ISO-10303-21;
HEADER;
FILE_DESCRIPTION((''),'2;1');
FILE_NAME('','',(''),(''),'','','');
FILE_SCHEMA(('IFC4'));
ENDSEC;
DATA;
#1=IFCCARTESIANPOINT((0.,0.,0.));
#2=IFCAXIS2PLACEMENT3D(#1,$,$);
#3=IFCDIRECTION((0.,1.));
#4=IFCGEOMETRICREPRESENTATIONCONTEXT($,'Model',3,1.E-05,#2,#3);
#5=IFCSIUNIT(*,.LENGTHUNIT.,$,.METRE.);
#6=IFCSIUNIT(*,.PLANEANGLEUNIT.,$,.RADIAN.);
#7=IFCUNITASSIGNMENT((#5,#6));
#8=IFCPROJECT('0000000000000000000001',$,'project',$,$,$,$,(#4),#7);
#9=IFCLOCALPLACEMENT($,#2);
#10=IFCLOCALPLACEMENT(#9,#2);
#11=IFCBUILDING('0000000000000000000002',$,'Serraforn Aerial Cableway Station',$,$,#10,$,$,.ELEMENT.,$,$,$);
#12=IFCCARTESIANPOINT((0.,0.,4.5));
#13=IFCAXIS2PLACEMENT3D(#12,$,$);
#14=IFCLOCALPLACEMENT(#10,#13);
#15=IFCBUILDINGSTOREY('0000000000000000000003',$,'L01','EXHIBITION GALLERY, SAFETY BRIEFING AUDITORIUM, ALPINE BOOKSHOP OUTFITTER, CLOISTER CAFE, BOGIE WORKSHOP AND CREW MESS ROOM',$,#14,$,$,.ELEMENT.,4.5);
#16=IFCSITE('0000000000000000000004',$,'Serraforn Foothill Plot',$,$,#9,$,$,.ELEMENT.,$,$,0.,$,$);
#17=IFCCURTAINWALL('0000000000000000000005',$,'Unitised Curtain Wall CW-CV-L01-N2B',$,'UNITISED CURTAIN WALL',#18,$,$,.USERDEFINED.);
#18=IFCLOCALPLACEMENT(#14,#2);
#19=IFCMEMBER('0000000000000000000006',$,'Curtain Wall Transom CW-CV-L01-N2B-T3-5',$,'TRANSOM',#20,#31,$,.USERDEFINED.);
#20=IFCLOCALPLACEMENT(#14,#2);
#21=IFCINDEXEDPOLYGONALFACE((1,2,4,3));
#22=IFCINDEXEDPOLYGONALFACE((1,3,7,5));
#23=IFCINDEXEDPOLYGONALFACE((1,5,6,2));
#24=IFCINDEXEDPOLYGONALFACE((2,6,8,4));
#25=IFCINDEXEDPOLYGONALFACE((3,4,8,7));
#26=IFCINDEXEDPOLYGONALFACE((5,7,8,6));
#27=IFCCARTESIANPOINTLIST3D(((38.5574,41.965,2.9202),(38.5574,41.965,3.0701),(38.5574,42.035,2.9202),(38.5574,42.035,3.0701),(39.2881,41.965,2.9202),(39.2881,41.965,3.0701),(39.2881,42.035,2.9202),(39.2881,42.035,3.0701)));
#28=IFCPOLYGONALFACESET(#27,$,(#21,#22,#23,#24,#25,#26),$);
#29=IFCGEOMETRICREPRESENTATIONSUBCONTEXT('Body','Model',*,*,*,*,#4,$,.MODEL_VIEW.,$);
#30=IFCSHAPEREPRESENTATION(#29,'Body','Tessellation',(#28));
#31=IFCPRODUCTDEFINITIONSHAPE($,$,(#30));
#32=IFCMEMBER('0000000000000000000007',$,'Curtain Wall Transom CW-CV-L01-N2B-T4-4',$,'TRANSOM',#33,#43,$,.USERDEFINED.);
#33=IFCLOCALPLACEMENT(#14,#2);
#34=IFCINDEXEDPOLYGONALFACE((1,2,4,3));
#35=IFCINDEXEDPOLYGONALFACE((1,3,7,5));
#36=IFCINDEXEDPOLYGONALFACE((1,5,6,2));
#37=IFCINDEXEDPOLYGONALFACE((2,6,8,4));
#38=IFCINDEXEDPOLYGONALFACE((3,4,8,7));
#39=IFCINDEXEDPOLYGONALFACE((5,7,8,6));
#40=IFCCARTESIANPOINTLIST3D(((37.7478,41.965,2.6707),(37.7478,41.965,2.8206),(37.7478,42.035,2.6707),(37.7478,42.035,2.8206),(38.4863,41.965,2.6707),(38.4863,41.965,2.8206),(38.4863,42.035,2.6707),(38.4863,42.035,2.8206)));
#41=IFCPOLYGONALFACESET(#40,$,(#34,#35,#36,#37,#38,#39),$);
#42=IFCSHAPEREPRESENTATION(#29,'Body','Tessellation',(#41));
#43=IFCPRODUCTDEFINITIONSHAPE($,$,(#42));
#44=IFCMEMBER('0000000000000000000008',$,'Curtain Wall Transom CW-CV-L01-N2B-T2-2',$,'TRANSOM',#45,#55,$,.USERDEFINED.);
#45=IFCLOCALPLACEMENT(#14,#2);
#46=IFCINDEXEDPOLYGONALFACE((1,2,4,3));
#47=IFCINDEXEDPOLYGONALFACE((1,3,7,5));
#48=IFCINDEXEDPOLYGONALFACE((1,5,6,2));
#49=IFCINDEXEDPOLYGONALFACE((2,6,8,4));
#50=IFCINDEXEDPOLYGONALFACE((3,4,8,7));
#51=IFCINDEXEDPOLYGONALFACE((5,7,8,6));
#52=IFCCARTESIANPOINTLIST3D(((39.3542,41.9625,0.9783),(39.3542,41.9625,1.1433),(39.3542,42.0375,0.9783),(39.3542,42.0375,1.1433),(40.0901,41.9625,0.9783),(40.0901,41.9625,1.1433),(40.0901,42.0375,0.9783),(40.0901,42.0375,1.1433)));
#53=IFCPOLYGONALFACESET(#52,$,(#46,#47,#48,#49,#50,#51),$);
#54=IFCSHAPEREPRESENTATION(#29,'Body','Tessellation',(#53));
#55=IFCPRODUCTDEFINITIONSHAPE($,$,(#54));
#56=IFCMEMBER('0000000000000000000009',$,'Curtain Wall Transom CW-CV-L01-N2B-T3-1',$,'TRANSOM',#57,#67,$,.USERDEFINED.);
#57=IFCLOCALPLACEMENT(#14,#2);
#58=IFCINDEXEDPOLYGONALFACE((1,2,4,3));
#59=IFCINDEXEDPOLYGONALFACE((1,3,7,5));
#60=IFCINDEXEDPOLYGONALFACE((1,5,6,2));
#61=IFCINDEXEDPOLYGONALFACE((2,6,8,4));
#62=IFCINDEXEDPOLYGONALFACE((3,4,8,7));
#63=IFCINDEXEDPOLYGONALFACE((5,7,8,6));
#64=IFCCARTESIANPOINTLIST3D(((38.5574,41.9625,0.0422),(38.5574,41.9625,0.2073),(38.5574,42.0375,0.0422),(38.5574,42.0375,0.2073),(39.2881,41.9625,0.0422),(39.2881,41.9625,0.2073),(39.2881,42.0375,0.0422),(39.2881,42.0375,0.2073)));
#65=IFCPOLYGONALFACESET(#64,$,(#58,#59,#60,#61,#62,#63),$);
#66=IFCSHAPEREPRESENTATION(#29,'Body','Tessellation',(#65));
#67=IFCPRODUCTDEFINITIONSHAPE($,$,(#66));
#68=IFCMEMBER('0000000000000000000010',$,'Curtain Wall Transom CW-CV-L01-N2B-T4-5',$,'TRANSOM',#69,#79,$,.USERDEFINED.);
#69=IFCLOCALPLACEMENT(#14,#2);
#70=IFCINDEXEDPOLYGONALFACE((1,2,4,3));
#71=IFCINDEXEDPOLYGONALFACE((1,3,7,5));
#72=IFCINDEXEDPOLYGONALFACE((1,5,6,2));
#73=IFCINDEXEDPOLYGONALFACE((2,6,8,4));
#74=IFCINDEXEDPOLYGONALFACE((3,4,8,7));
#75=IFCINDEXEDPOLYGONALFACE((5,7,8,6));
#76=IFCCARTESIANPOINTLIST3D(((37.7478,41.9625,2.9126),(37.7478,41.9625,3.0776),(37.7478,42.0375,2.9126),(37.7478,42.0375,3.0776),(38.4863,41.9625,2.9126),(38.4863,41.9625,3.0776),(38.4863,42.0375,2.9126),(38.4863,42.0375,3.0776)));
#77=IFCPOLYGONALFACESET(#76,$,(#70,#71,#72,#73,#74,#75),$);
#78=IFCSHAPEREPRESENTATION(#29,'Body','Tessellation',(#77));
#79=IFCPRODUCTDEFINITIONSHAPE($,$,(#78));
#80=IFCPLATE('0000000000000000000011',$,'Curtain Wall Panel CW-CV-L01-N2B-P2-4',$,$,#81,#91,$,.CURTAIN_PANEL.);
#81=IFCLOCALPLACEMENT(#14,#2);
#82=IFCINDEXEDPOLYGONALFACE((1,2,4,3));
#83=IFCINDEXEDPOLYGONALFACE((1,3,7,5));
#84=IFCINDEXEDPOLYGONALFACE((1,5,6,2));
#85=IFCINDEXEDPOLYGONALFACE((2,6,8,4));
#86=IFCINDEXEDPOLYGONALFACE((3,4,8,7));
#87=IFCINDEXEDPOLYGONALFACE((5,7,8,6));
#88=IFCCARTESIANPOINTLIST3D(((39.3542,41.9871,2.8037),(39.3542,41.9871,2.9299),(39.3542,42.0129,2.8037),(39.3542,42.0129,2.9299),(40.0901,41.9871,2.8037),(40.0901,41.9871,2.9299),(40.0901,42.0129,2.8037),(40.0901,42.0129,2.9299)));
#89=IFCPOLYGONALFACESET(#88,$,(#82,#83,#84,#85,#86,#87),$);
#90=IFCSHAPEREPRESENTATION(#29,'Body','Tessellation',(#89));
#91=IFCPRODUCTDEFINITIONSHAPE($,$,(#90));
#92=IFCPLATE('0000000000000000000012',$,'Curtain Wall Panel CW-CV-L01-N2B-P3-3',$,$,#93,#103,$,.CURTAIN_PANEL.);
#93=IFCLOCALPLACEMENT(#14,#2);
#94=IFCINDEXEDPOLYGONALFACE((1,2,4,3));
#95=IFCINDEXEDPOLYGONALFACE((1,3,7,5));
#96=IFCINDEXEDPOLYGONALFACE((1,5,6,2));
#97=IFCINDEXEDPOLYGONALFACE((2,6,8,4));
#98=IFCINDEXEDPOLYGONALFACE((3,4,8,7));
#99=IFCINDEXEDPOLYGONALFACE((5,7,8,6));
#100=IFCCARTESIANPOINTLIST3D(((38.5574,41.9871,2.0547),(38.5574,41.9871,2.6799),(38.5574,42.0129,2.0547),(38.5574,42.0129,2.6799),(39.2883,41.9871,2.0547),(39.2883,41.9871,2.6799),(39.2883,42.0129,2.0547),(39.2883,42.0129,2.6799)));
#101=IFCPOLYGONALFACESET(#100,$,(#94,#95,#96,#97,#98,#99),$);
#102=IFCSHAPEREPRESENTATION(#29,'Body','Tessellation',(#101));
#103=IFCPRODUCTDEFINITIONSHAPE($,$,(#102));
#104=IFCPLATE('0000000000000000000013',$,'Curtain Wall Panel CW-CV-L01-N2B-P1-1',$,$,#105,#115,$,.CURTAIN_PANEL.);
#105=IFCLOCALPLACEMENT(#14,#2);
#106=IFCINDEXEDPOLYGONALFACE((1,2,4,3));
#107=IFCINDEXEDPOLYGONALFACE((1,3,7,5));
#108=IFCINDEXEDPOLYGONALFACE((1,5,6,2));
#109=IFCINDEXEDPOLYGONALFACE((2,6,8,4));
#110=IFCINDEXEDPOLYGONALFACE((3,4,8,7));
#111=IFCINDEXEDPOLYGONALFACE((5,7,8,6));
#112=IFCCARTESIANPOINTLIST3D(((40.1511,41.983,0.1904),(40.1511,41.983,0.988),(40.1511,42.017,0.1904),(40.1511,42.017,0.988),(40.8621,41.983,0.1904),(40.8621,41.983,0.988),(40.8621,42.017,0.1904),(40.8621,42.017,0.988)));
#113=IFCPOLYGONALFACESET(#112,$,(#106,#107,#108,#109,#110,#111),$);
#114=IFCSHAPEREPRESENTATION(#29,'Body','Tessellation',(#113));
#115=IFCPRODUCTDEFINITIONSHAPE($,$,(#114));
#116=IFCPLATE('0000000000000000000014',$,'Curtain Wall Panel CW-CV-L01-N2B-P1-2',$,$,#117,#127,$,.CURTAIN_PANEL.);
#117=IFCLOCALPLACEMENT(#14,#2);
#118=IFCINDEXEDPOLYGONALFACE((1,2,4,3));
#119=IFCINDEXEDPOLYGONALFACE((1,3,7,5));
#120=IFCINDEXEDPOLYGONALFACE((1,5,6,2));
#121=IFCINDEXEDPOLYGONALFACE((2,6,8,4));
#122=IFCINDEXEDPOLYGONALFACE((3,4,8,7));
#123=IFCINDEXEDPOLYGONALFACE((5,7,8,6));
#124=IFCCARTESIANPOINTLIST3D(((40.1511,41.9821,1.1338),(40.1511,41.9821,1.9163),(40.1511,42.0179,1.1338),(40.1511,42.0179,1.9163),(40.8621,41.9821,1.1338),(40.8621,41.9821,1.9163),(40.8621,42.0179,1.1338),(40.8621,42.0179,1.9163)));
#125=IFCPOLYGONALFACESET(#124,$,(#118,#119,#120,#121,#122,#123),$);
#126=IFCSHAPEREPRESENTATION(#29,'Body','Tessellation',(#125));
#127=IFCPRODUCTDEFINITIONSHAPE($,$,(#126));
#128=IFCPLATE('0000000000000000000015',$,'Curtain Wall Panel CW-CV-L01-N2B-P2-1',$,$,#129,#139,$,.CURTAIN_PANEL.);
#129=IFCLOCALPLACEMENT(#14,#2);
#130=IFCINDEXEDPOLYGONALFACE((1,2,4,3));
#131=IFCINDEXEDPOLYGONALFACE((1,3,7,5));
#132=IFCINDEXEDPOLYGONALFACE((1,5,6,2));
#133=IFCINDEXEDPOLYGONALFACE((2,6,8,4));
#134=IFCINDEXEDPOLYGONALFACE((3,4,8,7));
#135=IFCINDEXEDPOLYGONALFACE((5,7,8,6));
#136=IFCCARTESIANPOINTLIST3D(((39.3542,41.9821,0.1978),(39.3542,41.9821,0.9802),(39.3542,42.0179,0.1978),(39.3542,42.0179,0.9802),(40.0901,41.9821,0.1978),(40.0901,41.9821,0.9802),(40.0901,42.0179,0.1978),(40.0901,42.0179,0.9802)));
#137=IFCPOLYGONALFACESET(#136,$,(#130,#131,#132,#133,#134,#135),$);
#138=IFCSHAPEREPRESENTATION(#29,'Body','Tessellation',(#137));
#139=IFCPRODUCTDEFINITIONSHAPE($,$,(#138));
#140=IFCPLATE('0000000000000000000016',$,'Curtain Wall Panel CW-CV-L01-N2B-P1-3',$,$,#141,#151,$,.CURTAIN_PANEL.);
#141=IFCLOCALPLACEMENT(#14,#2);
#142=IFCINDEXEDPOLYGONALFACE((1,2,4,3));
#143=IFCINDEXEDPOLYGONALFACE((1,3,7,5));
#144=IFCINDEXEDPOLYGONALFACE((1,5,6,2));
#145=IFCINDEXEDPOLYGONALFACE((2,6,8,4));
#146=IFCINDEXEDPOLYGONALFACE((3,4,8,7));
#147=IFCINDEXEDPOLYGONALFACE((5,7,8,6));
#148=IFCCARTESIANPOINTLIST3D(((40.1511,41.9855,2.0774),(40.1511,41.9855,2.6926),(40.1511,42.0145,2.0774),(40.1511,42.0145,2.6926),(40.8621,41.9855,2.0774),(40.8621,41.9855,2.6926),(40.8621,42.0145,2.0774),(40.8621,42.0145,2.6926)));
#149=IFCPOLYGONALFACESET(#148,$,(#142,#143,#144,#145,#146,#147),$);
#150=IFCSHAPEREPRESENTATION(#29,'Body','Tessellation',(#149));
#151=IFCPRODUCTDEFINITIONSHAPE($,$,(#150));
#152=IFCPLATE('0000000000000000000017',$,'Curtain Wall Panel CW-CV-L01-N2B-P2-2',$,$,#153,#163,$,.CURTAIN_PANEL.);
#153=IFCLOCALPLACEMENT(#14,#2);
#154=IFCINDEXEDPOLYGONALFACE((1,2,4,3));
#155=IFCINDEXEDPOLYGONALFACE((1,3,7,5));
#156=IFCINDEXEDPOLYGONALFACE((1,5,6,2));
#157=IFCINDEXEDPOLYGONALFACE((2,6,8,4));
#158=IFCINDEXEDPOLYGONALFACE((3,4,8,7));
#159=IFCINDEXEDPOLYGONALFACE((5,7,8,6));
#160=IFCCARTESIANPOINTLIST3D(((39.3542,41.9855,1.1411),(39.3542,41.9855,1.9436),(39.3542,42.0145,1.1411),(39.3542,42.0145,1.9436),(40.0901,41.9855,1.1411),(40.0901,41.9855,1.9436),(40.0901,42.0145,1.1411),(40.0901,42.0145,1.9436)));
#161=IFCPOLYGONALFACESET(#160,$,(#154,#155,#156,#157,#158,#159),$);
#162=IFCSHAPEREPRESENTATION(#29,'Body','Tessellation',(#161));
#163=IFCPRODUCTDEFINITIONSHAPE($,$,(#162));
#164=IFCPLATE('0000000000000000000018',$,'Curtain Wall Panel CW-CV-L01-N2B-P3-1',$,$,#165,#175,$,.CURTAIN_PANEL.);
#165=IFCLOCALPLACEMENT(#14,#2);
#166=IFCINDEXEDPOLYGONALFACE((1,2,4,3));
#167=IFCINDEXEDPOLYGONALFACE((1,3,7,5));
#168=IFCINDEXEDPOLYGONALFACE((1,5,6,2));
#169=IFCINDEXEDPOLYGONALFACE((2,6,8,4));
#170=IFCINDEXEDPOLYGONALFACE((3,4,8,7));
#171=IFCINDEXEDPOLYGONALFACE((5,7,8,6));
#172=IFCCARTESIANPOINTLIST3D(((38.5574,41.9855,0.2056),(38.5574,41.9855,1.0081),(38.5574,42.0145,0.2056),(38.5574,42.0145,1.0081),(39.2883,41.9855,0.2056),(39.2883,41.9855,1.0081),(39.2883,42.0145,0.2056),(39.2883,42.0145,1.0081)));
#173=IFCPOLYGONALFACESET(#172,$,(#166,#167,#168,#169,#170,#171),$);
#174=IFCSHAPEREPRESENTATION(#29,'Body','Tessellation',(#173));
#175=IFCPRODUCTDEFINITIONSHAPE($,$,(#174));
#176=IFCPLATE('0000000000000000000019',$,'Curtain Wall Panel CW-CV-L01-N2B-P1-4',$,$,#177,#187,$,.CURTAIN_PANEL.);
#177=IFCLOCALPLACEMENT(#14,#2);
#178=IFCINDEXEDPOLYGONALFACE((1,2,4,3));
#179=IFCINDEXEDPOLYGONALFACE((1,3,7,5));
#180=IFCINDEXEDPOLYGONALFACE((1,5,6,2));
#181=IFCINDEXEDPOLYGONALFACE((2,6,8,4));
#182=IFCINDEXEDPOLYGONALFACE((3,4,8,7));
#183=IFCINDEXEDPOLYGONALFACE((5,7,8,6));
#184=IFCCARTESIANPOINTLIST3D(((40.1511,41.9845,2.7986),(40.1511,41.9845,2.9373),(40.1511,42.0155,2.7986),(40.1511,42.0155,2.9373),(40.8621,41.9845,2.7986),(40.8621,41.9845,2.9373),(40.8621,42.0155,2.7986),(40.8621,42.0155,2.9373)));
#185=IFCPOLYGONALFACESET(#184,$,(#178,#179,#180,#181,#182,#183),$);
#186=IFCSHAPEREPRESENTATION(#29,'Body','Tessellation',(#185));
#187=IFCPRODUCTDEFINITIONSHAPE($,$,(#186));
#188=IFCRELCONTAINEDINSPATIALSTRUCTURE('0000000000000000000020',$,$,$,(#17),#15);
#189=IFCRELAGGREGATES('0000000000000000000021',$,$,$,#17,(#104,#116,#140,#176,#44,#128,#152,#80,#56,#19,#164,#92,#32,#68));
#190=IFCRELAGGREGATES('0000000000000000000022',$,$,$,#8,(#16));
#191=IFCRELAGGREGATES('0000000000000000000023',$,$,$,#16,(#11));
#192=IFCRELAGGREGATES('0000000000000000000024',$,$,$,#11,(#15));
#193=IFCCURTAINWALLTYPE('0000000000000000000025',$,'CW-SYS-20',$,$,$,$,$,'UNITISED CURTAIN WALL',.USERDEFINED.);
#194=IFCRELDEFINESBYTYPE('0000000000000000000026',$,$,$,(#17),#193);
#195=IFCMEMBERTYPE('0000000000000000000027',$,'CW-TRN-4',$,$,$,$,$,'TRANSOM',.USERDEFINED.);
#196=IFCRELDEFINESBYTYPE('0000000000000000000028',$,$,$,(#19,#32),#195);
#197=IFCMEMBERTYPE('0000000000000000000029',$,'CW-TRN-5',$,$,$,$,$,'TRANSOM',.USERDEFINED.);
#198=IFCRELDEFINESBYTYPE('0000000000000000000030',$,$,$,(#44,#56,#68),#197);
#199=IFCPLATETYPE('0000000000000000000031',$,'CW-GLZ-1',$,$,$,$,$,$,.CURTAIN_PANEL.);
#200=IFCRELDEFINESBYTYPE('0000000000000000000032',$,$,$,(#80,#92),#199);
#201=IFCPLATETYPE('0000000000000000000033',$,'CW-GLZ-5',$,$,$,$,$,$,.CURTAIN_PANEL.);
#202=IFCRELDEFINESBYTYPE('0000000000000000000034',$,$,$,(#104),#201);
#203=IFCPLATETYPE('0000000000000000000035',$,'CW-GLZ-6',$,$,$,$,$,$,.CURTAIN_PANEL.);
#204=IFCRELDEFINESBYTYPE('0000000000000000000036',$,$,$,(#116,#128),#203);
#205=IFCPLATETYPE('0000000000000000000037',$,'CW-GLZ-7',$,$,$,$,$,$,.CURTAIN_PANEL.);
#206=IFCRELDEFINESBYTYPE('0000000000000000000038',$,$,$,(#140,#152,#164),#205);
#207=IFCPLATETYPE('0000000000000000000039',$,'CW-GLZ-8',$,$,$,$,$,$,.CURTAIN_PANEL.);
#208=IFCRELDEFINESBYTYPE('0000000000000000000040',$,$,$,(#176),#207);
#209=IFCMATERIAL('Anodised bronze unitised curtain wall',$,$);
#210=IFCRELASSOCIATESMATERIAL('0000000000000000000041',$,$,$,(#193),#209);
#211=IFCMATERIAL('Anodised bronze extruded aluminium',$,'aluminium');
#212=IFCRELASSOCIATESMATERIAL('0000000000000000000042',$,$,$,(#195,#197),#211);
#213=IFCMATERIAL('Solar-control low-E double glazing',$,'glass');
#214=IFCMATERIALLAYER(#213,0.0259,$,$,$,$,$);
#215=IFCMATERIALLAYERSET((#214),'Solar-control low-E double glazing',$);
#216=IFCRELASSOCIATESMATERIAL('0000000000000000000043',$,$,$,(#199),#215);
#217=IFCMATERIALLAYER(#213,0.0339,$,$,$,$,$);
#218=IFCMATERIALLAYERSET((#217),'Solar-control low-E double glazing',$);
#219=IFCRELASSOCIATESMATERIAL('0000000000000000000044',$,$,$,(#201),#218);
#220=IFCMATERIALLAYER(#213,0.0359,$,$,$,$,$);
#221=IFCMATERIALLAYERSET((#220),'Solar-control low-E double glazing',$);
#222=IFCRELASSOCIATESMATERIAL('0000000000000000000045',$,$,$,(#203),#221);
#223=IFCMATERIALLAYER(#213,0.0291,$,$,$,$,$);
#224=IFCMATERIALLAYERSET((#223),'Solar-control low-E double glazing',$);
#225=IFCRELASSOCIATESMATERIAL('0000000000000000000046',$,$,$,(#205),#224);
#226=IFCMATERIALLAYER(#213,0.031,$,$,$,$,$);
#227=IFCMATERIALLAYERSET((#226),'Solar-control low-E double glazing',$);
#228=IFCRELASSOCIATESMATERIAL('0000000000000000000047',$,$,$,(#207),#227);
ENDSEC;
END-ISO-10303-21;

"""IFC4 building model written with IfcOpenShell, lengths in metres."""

from ifc_helpers import new_model, si_unit, direction, frame, origin, origin_2d, place, context, subcontext, project, spatial, rectangle, extrude, material, layer, layer_set, material_profile, profile_set, type_object, element, aggregate, save


model = new_model("IFC4")

# Units and contexts
model_context = context("Model", 3, precision=1e-05, world=origin(), true_north=direction((0.0, 1.0)))
body_context = subcontext(model_context, "Body", "Model", "MODEL_VIEW")
ifc_project = project(units=[si_unit("LENGTHUNIT", "METRE"), si_unit("PLANEANGLEUNIT", "RADIAN")], contexts=[model_context])

# Site, building, storey
site_placement = place(None, origin())
site = spatial("IfcSite", under=ifc_project, at=site_placement, Name="Serraforn Foothill Plot", CompositionType="ELEMENT", RefElevation=0.0)
building_placement = place(site_placement, origin())
building = spatial("IfcBuilding", under=site, at=building_placement, Name="Serraforn Aerial Cableway Station", CompositionType="ELEMENT")
storey_placement = place(building_placement, frame((0.0, 0.0, 4.5)))
storey = spatial("IfcBuildingStorey", under=building, at=storey_placement, Name="L01", Description="EXHIBITION GALLERY, SAFETY BRIEFING AUDITORIUM, ALPINE BOOKSHOP OUTFITTER, CLOISTER CAFE, BOGIE WORKSHOP AND CREW MESS ROOM", CompositionType="ELEMENT", Elevation=4.5)

# Curtain wall, members, plates
ifc_material_1 = material(Name="Anodised bronze unitised curtain wall")
curtain_wall_type = type_object("IfcCurtainWallType", Name="CW-SYS-20", ElementType="UNITISED CURTAIN WALL", PredefinedType="USERDEFINED", material=ifc_material_1)
curtain_wall_placement = place(storey_placement, origin())
curtain_wall = element("IfcCurtainWall", 1, at=curtain_wall_placement, inside=storey, type_object=curtain_wall_type, Name="Unitised Curtain Wall CW-CV-L01-N2B", ObjectType="UNITISED CURTAIN WALL", PredefinedType="USERDEFINED")
ifc_material_2 = material(Name="Anodised bronze extruded aluminium", Category="aluminium")
ifc_material_profile_1 = material_profile(ifc_material_2, rectangle(XDim=0.0701, YDim=0.1499, at=origin_2d()), Name="CW TRANSOM 70x150")
ifc_profile_set_1 = profile_set([ifc_material_profile_1], Name="Anodised bronze extruded aluminium")
member_type_1 = type_object("IfcMemberType", Name="CW-TRN-4", ElementType="TRANSOM", PredefinedType="USERDEFINED", material=ifc_profile_set_1)
member_1_placement = place(storey_placement, frame((39.2881, 42.0, 2.9951), z_axis=(-1.0, 0.0, 0.0), x_axis=(0.0, -1.0, 0.0)))
member_1 = element("IfcMember", 2, at=member_1_placement, type_object=member_type_1, Name="Curtain Wall Transom CW-CV-L01-N2B-T3-5", ObjectType="TRANSOM", PredefinedType="USERDEFINED", context=body_context, shape_type="SweptSolid", body=[
    extrude(rectangle(XDim=0.0701, YDim=0.1499, at=origin_2d()), origin(), (0.0, 0.0, 1.0), 0.7307),
])
member_2_placement = place(storey_placement, frame((38.4863, 42.0, 2.7456), z_axis=(-1.0, 0.0, 0.0), x_axis=(0.0, -1.0, 0.0)))
member_2 = element("IfcMember", 3, at=member_2_placement, type_object=member_type_1, Name="Curtain Wall Transom CW-CV-L01-N2B-T4-4", ObjectType="TRANSOM", PredefinedType="USERDEFINED", context=body_context, shape_type="SweptSolid", body=[
    extrude(rectangle(XDim=0.0701, YDim=0.1499, at=origin_2d()), origin(), (0.0, 0.0, 1.0), 0.7385),
])
ifc_material_profile_2 = material_profile(ifc_material_2, rectangle(XDim=0.075, YDim=0.165, at=origin_2d()), Name="CW TRANSOM 75x165")
ifc_profile_set_2 = profile_set([ifc_material_profile_2], Name="Anodised bronze extruded aluminium")
member_type_2 = type_object("IfcMemberType", Name="CW-TRN-5", ElementType="TRANSOM", PredefinedType="USERDEFINED", material=ifc_profile_set_2)
member_3_placement = place(storey_placement, frame((40.0901, 42.0, 1.0608), z_axis=(-1.0, 0.0, 0.0), x_axis=(0.0, -1.0, 0.0)))
member_3 = element("IfcMember", 4, at=member_3_placement, type_object=member_type_2, Name="Curtain Wall Transom CW-CV-L01-N2B-T2-2", ObjectType="TRANSOM", PredefinedType="USERDEFINED", context=body_context, shape_type="SweptSolid", body=[
    extrude(rectangle(XDim=0.075, YDim=0.165, at=origin_2d()), origin(), (0.0, 0.0, 1.0), 0.7358),
])
member_4_placement = place(storey_placement, frame((39.2881, 42.0, 0.1248), z_axis=(-1.0, 0.0, 0.0), x_axis=(0.0, -1.0, 0.0)))
member_4 = element("IfcMember", 5, at=member_4_placement, type_object=member_type_2, Name="Curtain Wall Transom CW-CV-L01-N2B-T3-1", ObjectType="TRANSOM", PredefinedType="USERDEFINED", context=body_context, shape_type="SweptSolid", body=[
    extrude(rectangle(XDim=0.075, YDim=0.165, at=origin_2d()), origin(), (0.0, 0.0, 1.0), 0.7307),
])
member_5_placement = place(storey_placement, frame((38.4863, 42.0, 2.9951), z_axis=(-1.0, 0.0, 0.0), x_axis=(0.0, -1.0, 0.0)))
member_5 = element("IfcMember", 6, at=member_5_placement, type_object=member_type_2, Name="Curtain Wall Transom CW-CV-L01-N2B-T4-5", ObjectType="TRANSOM", PredefinedType="USERDEFINED", context=body_context, shape_type="SweptSolid", body=[
    extrude(rectangle(XDim=0.075, YDim=0.165, at=origin_2d()), origin(), (0.0, 0.0, 1.0), 0.7385),
])
ifc_material_3 = material(Name="Solar-control low-E double glazing", Category="glass")
ifc_layer_1 = layer(ifc_material_3, 0.0259)
ifc_layer_set_1 = layer_set([ifc_layer_1], Name="Solar-control low-E double glazing")
plate_type_1 = type_object("IfcPlateType", Name="CW-GLZ-1", PredefinedType="CURTAIN_PANEL", material=ifc_layer_set_1)
plate_1_placement = place(storey_placement, frame((39.7222, 42.0, 2.8037), z_axis=(0.0, 0.0, 1.0), x_axis=(1.0, 0.0, 0.0)))
plate_1 = element("IfcPlate", 7, at=plate_1_placement, type_object=plate_type_1, Name="Curtain Wall Panel CW-CV-L01-N2B-P2-4", PredefinedType="CURTAIN_PANEL", context=body_context, shape_type="SweptSolid", body=[
    extrude(rectangle(XDim=0.7358, YDim=0.0259, at=origin_2d()), origin(), (0.0, 0.0, 1.0), 0.1262),
])
plate_2_placement = place(storey_placement, frame((38.9229, 42.0, 2.0547), z_axis=(0.0, 0.0, 1.0), x_axis=(1.0, 0.0, 0.0)))
plate_2 = element("IfcPlate", 8, at=plate_2_placement, type_object=plate_type_1, Name="Curtain Wall Panel CW-CV-L01-N2B-P3-3", PredefinedType="CURTAIN_PANEL", context=body_context, shape_type="SweptSolid", body=[
    extrude(rectangle(XDim=0.731, YDim=0.0259, at=origin_2d()), origin(), (0.0, 0.0, 1.0), 0.6252),
])
ifc_layer_2 = layer(ifc_material_3, 0.0339)
ifc_layer_set_2 = layer_set([ifc_layer_2], Name="Solar-control low-E double glazing")
plate_type_2 = type_object("IfcPlateType", Name="CW-GLZ-5", PredefinedType="CURTAIN_PANEL", material=ifc_layer_set_2)
plate_3_placement = place(storey_placement, frame((40.5066, 42.0, 0.1904), z_axis=(0.0, 0.0, 1.0), x_axis=(1.0, 0.0, 0.0)))
plate_3 = element("IfcPlate", 9, at=plate_3_placement, type_object=plate_type_2, Name="Curtain Wall Panel CW-CV-L01-N2B-P1-1", PredefinedType="CURTAIN_PANEL", context=body_context, shape_type="SweptSolid", body=[
    extrude(rectangle(XDim=0.7109, YDim=0.0339, at=origin_2d()), origin(), (0.0, 0.0, 1.0), 0.7976),
])
ifc_layer_3 = layer(ifc_material_3, 0.0359)
ifc_layer_set_3 = layer_set([ifc_layer_3], Name="Solar-control low-E double glazing")
plate_type_3 = type_object("IfcPlateType", Name="CW-GLZ-6", PredefinedType="CURTAIN_PANEL", material=ifc_layer_set_3)
plate_4_placement = place(storey_placement, frame((40.5066, 42.0, 1.1338), z_axis=(0.0, 0.0, 1.0), x_axis=(1.0, 0.0, 0.0)))
plate_4 = element("IfcPlate", 10, at=plate_4_placement, type_object=plate_type_3, Name="Curtain Wall Panel CW-CV-L01-N2B-P1-2", PredefinedType="CURTAIN_PANEL", context=body_context, shape_type="SweptSolid", body=[
    extrude(rectangle(XDim=0.7109, YDim=0.0359, at=origin_2d()), origin(), (0.0, 0.0, 1.0), 0.7825),
])
plate_5_placement = place(storey_placement, frame((39.7222, 42.0, 0.1978), z_axis=(0.0, 0.0, 1.0), x_axis=(1.0, 0.0, 0.0)))
plate_5 = element("IfcPlate", 11, at=plate_5_placement, type_object=plate_type_3, Name="Curtain Wall Panel CW-CV-L01-N2B-P2-1", PredefinedType="CURTAIN_PANEL", context=body_context, shape_type="SweptSolid", body=[
    extrude(rectangle(XDim=0.7358, YDim=0.0359, at=origin_2d()), origin(), (0.0, 0.0, 1.0), 0.7825),
])
ifc_layer_4 = layer(ifc_material_3, 0.0291)
ifc_layer_set_4 = layer_set([ifc_layer_4], Name="Solar-control low-E double glazing")
plate_type_4 = type_object("IfcPlateType", Name="CW-GLZ-7", PredefinedType="CURTAIN_PANEL", material=ifc_layer_set_4)
plate_6_placement = place(storey_placement, frame((40.5066, 42.0, 2.0774), z_axis=(0.0, 0.0, 1.0), x_axis=(1.0, 0.0, 0.0)))
plate_6 = element("IfcPlate", 12, at=plate_6_placement, type_object=plate_type_4, Name="Curtain Wall Panel CW-CV-L01-N2B-P1-3", PredefinedType="CURTAIN_PANEL", context=body_context, shape_type="SweptSolid", body=[
    extrude(rectangle(XDim=0.7109, YDim=0.0291, at=origin_2d()), origin(), (0.0, 0.0, 1.0), 0.6152),
])
plate_7_placement = place(storey_placement, frame((39.7222, 42.0, 1.1411), z_axis=(0.0, 0.0, 1.0), x_axis=(1.0, 0.0, 0.0)))
plate_7 = element("IfcPlate", 13, at=plate_7_placement, type_object=plate_type_4, Name="Curtain Wall Panel CW-CV-L01-N2B-P2-2", PredefinedType="CURTAIN_PANEL", context=body_context, shape_type="SweptSolid", body=[
    extrude(rectangle(XDim=0.7358, YDim=0.0291, at=origin_2d()), origin(), (0.0, 0.0, 1.0), 0.8025),
])
plate_8_placement = place(storey_placement, frame((38.9229, 42.0, 0.2056), z_axis=(0.0, 0.0, 1.0), x_axis=(1.0, 0.0, 0.0)))
plate_8 = element("IfcPlate", 14, at=plate_8_placement, type_object=plate_type_4, Name="Curtain Wall Panel CW-CV-L01-N2B-P3-1", PredefinedType="CURTAIN_PANEL", context=body_context, shape_type="SweptSolid", body=[
    extrude(rectangle(XDim=0.731, YDim=0.0291, at=origin_2d()), origin(), (0.0, 0.0, 1.0), 0.8025),
])
ifc_layer_5 = layer(ifc_material_3, 0.031)
ifc_layer_set_5 = layer_set([ifc_layer_5], Name="Solar-control low-E double glazing")
plate_type_5 = type_object("IfcPlateType", Name="CW-GLZ-8", PredefinedType="CURTAIN_PANEL", material=ifc_layer_set_5)
plate_9_placement = place(storey_placement, frame((40.5066, 42.0, 2.7986), z_axis=(0.0, 0.0, 1.0), x_axis=(1.0, 0.0, 0.0)))
plate_9 = element("IfcPlate", 15, at=plate_9_placement, type_object=plate_type_5, Name="Curtain Wall Panel CW-CV-L01-N2B-P1-4", PredefinedType="CURTAIN_PANEL", context=body_context, shape_type="SweptSolid", body=[
    extrude(rectangle(XDim=0.7109, YDim=0.031, at=origin_2d()), origin(), (0.0, 0.0, 1.0), 0.1387),
])
aggregate(curtain_wall, [plate_3, plate_4, plate_6, plate_9, member_3, plate_5, plate_7, plate_1, member_4, member_1, plate_8, plate_2, member_2, member_5])

save(model, "model.ifc")
